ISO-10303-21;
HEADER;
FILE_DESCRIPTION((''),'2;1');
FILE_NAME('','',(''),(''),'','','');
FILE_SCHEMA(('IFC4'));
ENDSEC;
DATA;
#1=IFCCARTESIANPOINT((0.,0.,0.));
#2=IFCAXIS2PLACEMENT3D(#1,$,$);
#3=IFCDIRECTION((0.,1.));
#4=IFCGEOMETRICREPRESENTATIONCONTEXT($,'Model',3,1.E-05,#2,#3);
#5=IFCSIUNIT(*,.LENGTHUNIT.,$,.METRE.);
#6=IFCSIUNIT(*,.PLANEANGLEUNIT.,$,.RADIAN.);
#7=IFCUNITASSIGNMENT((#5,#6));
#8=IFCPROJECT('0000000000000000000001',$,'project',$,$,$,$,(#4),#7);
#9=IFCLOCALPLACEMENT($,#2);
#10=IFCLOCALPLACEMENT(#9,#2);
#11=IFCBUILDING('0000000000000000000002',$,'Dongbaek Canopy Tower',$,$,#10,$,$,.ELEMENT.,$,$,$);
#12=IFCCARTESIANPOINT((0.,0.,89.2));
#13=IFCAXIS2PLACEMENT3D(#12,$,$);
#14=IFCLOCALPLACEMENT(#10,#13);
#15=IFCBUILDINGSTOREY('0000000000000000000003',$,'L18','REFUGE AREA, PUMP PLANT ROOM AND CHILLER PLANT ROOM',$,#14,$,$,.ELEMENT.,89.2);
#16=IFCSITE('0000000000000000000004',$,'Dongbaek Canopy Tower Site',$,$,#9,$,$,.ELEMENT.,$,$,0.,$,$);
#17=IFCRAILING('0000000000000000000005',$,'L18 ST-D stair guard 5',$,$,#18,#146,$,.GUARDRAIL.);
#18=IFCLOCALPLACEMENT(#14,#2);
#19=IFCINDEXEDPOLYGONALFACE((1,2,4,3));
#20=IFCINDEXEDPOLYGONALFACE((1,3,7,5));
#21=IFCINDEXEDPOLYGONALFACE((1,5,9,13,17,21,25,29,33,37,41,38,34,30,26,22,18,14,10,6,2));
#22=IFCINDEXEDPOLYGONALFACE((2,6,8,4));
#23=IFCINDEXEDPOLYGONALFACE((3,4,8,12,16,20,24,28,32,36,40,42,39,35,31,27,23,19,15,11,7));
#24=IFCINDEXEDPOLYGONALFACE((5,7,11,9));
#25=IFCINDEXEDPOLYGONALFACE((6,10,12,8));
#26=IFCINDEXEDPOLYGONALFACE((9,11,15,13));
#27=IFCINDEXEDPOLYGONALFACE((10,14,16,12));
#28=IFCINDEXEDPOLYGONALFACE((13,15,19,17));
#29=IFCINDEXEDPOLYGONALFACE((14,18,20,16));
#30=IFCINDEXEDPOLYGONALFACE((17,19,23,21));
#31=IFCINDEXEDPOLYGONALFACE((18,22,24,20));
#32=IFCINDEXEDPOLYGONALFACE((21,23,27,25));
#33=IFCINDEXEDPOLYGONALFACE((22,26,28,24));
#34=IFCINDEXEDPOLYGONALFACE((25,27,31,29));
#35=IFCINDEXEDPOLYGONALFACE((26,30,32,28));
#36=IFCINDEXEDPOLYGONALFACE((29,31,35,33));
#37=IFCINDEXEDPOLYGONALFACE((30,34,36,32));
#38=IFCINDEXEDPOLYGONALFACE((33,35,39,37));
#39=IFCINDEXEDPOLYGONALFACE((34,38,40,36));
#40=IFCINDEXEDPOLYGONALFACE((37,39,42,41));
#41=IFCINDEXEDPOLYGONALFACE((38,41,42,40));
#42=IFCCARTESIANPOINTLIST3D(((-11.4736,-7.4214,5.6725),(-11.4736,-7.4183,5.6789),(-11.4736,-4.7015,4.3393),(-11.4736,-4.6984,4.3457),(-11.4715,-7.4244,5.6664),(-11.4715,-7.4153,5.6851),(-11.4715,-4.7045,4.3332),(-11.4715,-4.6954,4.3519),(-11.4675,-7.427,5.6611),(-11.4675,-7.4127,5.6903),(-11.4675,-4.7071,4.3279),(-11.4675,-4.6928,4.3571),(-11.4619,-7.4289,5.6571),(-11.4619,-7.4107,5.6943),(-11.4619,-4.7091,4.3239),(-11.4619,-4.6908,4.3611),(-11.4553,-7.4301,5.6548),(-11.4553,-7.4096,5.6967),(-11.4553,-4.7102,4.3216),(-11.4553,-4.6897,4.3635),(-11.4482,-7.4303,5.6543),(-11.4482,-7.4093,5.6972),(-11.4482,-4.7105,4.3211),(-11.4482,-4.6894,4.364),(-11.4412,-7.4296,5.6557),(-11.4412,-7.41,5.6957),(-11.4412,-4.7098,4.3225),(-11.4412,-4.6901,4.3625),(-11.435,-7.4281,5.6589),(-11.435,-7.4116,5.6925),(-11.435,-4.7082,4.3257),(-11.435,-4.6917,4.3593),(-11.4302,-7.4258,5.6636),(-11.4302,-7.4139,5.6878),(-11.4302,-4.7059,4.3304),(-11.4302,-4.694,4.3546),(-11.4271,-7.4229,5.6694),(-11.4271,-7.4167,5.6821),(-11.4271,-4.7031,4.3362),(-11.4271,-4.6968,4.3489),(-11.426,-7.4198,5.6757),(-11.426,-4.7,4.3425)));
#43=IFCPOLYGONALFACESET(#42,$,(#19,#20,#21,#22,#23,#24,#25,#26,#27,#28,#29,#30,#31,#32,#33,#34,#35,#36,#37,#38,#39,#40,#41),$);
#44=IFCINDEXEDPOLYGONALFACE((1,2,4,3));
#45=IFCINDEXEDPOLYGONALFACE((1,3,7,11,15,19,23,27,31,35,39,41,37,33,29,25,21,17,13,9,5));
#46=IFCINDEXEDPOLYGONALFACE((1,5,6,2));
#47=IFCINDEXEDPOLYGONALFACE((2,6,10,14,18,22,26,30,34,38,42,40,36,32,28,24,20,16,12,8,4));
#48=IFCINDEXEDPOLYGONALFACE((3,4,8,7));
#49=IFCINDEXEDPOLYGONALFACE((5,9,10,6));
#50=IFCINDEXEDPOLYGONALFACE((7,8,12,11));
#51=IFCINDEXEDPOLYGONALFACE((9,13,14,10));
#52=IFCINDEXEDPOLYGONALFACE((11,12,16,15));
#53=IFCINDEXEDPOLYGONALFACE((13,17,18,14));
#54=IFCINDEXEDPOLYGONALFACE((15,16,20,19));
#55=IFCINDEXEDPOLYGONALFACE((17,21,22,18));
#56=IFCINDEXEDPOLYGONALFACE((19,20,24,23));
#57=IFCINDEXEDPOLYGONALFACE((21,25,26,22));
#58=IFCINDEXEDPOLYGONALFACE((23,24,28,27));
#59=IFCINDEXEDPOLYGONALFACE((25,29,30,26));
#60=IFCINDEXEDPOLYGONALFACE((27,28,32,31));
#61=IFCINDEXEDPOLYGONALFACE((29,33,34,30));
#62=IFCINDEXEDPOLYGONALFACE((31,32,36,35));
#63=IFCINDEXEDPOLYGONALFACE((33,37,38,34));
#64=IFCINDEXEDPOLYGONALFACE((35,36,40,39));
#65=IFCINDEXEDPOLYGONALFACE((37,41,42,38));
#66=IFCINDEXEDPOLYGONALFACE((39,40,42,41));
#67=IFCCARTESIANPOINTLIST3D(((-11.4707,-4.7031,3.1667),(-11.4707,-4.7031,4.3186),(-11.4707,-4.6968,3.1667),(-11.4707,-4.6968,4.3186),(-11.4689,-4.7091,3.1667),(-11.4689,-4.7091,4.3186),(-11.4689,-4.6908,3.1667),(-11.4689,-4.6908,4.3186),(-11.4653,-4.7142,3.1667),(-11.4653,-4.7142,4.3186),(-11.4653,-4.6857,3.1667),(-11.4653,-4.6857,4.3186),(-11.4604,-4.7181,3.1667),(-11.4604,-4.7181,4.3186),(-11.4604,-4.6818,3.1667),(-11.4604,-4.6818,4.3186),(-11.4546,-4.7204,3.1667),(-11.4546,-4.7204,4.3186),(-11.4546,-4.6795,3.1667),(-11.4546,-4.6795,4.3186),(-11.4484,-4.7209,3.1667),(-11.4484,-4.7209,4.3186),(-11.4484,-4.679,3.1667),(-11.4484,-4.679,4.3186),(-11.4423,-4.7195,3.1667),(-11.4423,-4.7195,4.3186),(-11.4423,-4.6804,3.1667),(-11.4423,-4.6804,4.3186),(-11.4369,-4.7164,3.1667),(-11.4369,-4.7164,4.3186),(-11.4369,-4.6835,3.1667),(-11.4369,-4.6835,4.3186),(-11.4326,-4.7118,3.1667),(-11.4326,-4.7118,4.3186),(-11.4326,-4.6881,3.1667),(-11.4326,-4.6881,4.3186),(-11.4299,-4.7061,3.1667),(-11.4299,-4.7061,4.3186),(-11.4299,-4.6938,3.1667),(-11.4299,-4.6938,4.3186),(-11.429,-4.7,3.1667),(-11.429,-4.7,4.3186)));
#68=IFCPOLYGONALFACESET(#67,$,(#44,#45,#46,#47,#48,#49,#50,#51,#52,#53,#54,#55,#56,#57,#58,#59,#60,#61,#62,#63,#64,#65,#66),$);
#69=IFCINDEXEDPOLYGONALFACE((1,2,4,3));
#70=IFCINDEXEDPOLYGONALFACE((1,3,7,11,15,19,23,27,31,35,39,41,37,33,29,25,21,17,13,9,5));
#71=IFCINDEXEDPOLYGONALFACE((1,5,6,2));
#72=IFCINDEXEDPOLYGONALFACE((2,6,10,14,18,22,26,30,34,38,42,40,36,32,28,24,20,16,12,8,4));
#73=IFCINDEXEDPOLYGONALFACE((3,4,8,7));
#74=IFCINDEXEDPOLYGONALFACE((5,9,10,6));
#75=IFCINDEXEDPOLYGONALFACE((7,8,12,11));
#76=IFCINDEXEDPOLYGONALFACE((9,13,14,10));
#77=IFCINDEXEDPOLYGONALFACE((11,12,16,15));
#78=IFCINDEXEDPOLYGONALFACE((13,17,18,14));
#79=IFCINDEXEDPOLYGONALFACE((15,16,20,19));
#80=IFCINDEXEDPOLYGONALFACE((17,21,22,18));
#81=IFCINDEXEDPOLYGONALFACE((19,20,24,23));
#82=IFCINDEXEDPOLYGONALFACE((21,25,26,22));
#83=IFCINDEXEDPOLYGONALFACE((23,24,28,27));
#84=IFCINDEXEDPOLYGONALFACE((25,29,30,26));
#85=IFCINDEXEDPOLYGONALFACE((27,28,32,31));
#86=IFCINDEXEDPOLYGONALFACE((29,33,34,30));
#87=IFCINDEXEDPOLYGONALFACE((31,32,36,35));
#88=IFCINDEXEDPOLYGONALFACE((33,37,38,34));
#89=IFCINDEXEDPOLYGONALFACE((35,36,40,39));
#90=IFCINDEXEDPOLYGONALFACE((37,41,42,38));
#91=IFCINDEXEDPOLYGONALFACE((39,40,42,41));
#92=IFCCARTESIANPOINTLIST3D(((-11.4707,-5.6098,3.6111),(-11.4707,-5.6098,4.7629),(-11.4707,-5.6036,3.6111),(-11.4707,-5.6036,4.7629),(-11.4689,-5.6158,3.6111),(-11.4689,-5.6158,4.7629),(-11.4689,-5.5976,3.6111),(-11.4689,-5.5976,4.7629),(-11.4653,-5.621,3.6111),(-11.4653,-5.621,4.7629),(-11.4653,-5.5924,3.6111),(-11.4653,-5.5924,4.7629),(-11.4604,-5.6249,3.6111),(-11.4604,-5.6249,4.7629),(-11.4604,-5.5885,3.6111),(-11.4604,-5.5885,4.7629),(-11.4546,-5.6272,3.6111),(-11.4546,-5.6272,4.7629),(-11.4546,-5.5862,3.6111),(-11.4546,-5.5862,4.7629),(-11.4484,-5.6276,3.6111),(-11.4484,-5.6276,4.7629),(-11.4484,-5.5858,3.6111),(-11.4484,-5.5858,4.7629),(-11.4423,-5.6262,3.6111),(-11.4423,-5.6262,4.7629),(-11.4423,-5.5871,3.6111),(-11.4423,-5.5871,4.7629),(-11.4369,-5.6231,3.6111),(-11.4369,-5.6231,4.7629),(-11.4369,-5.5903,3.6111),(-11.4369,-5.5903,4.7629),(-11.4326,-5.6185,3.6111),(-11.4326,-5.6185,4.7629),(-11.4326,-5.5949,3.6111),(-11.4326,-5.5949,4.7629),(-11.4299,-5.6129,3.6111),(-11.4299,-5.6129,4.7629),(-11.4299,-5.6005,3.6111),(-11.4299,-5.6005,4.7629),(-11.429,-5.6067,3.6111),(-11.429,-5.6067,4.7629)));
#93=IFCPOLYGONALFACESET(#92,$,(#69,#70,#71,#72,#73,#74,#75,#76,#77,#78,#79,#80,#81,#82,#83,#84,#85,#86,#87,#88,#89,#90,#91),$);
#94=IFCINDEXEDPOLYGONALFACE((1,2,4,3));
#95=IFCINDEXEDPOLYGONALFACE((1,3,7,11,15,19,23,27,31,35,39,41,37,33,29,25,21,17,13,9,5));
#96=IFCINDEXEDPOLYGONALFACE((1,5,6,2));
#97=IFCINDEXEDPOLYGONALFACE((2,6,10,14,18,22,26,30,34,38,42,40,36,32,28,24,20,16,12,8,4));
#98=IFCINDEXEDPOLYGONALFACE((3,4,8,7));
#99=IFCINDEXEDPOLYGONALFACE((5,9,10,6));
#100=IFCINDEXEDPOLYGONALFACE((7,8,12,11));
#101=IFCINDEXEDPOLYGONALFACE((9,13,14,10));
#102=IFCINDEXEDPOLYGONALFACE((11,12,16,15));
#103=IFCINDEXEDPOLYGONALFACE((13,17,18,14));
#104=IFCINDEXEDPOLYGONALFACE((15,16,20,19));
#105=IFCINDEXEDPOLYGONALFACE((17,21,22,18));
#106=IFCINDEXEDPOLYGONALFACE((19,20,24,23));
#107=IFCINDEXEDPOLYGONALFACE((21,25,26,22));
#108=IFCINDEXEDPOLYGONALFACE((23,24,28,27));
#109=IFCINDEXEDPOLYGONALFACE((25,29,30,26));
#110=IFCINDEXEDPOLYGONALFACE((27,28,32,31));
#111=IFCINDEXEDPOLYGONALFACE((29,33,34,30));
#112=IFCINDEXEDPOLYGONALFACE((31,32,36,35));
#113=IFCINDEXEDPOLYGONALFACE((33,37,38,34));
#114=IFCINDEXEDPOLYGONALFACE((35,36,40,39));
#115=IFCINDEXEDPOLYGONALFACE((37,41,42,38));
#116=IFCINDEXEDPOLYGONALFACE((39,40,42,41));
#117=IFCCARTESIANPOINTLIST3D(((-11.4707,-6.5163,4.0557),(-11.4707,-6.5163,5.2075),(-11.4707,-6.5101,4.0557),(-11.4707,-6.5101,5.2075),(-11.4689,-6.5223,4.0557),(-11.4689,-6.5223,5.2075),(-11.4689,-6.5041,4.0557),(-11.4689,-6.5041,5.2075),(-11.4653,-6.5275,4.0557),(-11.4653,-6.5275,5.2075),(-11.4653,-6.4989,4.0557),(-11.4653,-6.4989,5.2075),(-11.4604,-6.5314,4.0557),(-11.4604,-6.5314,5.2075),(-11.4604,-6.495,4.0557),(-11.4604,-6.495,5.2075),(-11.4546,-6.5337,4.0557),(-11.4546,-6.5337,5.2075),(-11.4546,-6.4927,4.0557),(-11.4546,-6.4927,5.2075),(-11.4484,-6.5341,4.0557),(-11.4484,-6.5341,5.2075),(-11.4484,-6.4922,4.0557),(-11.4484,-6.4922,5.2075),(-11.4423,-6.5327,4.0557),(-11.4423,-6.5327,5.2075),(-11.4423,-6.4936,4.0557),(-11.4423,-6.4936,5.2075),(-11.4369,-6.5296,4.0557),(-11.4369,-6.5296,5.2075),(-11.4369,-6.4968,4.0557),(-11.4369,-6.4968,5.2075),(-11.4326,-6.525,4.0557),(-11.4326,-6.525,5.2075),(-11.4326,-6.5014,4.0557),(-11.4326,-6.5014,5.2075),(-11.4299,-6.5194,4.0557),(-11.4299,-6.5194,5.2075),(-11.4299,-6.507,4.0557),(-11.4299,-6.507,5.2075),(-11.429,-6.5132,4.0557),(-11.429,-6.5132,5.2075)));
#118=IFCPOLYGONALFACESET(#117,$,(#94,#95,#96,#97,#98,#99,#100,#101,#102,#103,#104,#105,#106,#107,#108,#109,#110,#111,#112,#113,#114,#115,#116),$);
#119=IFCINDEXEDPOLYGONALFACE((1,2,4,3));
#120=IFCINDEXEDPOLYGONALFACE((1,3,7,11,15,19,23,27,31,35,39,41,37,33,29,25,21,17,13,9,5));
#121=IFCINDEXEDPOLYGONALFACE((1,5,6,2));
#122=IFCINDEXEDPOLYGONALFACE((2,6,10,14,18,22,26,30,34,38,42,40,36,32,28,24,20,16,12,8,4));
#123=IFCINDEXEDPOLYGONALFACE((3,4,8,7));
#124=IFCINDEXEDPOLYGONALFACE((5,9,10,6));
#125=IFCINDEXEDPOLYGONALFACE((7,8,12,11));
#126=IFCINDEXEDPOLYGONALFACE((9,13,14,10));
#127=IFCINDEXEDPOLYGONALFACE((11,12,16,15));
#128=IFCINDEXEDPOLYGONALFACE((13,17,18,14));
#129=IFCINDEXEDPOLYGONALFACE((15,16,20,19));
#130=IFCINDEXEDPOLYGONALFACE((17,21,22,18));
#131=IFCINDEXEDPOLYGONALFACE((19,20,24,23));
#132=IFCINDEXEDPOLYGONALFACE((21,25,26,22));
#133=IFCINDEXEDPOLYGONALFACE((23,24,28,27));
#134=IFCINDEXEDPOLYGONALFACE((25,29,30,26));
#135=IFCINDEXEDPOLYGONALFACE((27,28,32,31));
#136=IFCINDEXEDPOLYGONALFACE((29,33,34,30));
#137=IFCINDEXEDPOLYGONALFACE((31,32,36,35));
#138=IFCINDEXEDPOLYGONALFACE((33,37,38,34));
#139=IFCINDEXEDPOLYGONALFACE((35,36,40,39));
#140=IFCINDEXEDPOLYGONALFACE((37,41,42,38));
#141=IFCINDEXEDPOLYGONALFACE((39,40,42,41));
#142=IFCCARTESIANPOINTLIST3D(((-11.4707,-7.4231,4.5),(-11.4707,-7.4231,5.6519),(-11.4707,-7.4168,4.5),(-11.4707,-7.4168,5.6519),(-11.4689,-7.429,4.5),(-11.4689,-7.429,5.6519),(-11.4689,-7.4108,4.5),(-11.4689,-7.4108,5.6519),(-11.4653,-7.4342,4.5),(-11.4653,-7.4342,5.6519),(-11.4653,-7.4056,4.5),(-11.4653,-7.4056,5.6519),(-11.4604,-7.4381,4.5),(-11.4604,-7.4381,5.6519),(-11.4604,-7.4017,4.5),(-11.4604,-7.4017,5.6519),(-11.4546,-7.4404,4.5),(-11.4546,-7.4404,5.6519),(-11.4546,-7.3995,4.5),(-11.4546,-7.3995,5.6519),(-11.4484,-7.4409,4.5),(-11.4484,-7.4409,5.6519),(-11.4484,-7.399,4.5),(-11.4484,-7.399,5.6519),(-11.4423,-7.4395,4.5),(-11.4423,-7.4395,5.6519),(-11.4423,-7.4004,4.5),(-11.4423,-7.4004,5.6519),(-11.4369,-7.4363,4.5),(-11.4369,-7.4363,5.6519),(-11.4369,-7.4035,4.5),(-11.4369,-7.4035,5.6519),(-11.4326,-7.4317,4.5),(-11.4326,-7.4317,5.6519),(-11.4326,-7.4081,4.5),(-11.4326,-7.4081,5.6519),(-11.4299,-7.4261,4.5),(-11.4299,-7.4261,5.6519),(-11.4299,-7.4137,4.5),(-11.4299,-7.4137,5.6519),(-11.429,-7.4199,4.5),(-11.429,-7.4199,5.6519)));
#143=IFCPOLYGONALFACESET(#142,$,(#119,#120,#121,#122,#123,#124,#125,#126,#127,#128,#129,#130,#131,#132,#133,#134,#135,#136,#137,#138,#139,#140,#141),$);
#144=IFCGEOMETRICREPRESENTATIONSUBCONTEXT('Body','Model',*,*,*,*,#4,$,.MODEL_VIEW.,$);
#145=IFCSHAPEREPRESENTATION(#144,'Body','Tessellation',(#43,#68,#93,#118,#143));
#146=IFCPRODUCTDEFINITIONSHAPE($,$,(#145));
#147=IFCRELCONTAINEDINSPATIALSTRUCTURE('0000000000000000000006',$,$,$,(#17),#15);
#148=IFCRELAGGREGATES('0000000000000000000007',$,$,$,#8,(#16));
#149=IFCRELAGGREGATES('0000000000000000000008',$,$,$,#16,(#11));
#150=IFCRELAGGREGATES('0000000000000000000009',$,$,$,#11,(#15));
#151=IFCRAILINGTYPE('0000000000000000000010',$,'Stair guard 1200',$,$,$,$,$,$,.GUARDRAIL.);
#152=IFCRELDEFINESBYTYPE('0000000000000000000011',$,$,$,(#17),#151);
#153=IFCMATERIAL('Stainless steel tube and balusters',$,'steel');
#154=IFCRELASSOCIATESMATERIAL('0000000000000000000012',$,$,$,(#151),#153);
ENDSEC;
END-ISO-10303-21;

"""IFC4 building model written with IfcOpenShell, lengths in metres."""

from ifc_helpers import new_model, si_unit, direction, frame, origin, origin_2d, place, context, subcontext, project, spatial, circle, extrude, material, type_object, element, save


model = new_model("IFC4")

# Units and contexts
model_context = context("Model", 3, precision=1e-05, world=origin(), true_north=direction((0.0, 1.0)))
body_context = subcontext(model_context, "Body", "Model", "MODEL_VIEW")
ifc_project = project(units=[si_unit("LENGTHUNIT", "METRE"), si_unit("PLANEANGLEUNIT", "RADIAN")], contexts=[model_context])

# Site, building, storey
site_placement = place(None, origin())
site = spatial("IfcSite", under=ifc_project, at=site_placement, Name="Dongbaek Canopy Tower Site", CompositionType="ELEMENT", RefElevation=0.0)
building_placement = place(site_placement, origin())
building = spatial("IfcBuilding", under=site, at=building_placement, Name="Dongbaek Canopy Tower", CompositionType="ELEMENT")
storey_placement = place(building_placement, frame((0.0, 0.0, 89.2)))
storey = spatial("IfcBuildingStorey", under=building, at=storey_placement, Name="L18", Description="REFUGE AREA, PUMP PLANT ROOM AND CHILLER PLANT ROOM", CompositionType="ELEMENT", Elevation=89.2)

# Railing
ifc_material_1 = material(Name="Stainless steel tube and balusters", Category="steel")
railing_type_1 = type_object("IfcRailingType", Name="Stair guard 1200", PredefinedType="GUARDRAIL", material=ifc_material_1)
railing_1_placement = place(storey_placement, frame((-11.45, -4.7, 3.1667)))
element("IfcRailing", 1, at=railing_1_placement, inside=storey, type_object=railing_type_1, Name="L18 ST-D stair guard 5", PredefinedType="GUARDRAIL", context=body_context, shape_type="SweptSolid", body=[
    extrude(circle(Radius=0.0239, at=origin_2d()), frame((0.0, 0.0, 1.1758), z_axis=(0.0, -0.897929, 0.440139), x_axis=(1.0, 0.0, 0.0)), (0.0, 0.0, 1.0), 3.0291),
    extrude(circle(Radius=0.021, at=origin_2d()), origin(), (0.0, 0.0, 1.0), 1.1519),
    extrude(circle(Radius=0.021, at=origin_2d()), frame((0.0, -0.9067, 0.4443)), (0.0, 0.0, 1.0), 1.1519),
    extrude(circle(Radius=0.021, at=origin_2d()), frame((0.0, -1.8132, 0.8889)), (0.0, 0.0, 1.0), 1.1519),
    extrude(circle(Radius=0.021, at=origin_2d()), frame((0.0, -2.72, 1.3333)), (0.0, 0.0, 1.0), 1.1519),
])

save(model, "model.ifc")
